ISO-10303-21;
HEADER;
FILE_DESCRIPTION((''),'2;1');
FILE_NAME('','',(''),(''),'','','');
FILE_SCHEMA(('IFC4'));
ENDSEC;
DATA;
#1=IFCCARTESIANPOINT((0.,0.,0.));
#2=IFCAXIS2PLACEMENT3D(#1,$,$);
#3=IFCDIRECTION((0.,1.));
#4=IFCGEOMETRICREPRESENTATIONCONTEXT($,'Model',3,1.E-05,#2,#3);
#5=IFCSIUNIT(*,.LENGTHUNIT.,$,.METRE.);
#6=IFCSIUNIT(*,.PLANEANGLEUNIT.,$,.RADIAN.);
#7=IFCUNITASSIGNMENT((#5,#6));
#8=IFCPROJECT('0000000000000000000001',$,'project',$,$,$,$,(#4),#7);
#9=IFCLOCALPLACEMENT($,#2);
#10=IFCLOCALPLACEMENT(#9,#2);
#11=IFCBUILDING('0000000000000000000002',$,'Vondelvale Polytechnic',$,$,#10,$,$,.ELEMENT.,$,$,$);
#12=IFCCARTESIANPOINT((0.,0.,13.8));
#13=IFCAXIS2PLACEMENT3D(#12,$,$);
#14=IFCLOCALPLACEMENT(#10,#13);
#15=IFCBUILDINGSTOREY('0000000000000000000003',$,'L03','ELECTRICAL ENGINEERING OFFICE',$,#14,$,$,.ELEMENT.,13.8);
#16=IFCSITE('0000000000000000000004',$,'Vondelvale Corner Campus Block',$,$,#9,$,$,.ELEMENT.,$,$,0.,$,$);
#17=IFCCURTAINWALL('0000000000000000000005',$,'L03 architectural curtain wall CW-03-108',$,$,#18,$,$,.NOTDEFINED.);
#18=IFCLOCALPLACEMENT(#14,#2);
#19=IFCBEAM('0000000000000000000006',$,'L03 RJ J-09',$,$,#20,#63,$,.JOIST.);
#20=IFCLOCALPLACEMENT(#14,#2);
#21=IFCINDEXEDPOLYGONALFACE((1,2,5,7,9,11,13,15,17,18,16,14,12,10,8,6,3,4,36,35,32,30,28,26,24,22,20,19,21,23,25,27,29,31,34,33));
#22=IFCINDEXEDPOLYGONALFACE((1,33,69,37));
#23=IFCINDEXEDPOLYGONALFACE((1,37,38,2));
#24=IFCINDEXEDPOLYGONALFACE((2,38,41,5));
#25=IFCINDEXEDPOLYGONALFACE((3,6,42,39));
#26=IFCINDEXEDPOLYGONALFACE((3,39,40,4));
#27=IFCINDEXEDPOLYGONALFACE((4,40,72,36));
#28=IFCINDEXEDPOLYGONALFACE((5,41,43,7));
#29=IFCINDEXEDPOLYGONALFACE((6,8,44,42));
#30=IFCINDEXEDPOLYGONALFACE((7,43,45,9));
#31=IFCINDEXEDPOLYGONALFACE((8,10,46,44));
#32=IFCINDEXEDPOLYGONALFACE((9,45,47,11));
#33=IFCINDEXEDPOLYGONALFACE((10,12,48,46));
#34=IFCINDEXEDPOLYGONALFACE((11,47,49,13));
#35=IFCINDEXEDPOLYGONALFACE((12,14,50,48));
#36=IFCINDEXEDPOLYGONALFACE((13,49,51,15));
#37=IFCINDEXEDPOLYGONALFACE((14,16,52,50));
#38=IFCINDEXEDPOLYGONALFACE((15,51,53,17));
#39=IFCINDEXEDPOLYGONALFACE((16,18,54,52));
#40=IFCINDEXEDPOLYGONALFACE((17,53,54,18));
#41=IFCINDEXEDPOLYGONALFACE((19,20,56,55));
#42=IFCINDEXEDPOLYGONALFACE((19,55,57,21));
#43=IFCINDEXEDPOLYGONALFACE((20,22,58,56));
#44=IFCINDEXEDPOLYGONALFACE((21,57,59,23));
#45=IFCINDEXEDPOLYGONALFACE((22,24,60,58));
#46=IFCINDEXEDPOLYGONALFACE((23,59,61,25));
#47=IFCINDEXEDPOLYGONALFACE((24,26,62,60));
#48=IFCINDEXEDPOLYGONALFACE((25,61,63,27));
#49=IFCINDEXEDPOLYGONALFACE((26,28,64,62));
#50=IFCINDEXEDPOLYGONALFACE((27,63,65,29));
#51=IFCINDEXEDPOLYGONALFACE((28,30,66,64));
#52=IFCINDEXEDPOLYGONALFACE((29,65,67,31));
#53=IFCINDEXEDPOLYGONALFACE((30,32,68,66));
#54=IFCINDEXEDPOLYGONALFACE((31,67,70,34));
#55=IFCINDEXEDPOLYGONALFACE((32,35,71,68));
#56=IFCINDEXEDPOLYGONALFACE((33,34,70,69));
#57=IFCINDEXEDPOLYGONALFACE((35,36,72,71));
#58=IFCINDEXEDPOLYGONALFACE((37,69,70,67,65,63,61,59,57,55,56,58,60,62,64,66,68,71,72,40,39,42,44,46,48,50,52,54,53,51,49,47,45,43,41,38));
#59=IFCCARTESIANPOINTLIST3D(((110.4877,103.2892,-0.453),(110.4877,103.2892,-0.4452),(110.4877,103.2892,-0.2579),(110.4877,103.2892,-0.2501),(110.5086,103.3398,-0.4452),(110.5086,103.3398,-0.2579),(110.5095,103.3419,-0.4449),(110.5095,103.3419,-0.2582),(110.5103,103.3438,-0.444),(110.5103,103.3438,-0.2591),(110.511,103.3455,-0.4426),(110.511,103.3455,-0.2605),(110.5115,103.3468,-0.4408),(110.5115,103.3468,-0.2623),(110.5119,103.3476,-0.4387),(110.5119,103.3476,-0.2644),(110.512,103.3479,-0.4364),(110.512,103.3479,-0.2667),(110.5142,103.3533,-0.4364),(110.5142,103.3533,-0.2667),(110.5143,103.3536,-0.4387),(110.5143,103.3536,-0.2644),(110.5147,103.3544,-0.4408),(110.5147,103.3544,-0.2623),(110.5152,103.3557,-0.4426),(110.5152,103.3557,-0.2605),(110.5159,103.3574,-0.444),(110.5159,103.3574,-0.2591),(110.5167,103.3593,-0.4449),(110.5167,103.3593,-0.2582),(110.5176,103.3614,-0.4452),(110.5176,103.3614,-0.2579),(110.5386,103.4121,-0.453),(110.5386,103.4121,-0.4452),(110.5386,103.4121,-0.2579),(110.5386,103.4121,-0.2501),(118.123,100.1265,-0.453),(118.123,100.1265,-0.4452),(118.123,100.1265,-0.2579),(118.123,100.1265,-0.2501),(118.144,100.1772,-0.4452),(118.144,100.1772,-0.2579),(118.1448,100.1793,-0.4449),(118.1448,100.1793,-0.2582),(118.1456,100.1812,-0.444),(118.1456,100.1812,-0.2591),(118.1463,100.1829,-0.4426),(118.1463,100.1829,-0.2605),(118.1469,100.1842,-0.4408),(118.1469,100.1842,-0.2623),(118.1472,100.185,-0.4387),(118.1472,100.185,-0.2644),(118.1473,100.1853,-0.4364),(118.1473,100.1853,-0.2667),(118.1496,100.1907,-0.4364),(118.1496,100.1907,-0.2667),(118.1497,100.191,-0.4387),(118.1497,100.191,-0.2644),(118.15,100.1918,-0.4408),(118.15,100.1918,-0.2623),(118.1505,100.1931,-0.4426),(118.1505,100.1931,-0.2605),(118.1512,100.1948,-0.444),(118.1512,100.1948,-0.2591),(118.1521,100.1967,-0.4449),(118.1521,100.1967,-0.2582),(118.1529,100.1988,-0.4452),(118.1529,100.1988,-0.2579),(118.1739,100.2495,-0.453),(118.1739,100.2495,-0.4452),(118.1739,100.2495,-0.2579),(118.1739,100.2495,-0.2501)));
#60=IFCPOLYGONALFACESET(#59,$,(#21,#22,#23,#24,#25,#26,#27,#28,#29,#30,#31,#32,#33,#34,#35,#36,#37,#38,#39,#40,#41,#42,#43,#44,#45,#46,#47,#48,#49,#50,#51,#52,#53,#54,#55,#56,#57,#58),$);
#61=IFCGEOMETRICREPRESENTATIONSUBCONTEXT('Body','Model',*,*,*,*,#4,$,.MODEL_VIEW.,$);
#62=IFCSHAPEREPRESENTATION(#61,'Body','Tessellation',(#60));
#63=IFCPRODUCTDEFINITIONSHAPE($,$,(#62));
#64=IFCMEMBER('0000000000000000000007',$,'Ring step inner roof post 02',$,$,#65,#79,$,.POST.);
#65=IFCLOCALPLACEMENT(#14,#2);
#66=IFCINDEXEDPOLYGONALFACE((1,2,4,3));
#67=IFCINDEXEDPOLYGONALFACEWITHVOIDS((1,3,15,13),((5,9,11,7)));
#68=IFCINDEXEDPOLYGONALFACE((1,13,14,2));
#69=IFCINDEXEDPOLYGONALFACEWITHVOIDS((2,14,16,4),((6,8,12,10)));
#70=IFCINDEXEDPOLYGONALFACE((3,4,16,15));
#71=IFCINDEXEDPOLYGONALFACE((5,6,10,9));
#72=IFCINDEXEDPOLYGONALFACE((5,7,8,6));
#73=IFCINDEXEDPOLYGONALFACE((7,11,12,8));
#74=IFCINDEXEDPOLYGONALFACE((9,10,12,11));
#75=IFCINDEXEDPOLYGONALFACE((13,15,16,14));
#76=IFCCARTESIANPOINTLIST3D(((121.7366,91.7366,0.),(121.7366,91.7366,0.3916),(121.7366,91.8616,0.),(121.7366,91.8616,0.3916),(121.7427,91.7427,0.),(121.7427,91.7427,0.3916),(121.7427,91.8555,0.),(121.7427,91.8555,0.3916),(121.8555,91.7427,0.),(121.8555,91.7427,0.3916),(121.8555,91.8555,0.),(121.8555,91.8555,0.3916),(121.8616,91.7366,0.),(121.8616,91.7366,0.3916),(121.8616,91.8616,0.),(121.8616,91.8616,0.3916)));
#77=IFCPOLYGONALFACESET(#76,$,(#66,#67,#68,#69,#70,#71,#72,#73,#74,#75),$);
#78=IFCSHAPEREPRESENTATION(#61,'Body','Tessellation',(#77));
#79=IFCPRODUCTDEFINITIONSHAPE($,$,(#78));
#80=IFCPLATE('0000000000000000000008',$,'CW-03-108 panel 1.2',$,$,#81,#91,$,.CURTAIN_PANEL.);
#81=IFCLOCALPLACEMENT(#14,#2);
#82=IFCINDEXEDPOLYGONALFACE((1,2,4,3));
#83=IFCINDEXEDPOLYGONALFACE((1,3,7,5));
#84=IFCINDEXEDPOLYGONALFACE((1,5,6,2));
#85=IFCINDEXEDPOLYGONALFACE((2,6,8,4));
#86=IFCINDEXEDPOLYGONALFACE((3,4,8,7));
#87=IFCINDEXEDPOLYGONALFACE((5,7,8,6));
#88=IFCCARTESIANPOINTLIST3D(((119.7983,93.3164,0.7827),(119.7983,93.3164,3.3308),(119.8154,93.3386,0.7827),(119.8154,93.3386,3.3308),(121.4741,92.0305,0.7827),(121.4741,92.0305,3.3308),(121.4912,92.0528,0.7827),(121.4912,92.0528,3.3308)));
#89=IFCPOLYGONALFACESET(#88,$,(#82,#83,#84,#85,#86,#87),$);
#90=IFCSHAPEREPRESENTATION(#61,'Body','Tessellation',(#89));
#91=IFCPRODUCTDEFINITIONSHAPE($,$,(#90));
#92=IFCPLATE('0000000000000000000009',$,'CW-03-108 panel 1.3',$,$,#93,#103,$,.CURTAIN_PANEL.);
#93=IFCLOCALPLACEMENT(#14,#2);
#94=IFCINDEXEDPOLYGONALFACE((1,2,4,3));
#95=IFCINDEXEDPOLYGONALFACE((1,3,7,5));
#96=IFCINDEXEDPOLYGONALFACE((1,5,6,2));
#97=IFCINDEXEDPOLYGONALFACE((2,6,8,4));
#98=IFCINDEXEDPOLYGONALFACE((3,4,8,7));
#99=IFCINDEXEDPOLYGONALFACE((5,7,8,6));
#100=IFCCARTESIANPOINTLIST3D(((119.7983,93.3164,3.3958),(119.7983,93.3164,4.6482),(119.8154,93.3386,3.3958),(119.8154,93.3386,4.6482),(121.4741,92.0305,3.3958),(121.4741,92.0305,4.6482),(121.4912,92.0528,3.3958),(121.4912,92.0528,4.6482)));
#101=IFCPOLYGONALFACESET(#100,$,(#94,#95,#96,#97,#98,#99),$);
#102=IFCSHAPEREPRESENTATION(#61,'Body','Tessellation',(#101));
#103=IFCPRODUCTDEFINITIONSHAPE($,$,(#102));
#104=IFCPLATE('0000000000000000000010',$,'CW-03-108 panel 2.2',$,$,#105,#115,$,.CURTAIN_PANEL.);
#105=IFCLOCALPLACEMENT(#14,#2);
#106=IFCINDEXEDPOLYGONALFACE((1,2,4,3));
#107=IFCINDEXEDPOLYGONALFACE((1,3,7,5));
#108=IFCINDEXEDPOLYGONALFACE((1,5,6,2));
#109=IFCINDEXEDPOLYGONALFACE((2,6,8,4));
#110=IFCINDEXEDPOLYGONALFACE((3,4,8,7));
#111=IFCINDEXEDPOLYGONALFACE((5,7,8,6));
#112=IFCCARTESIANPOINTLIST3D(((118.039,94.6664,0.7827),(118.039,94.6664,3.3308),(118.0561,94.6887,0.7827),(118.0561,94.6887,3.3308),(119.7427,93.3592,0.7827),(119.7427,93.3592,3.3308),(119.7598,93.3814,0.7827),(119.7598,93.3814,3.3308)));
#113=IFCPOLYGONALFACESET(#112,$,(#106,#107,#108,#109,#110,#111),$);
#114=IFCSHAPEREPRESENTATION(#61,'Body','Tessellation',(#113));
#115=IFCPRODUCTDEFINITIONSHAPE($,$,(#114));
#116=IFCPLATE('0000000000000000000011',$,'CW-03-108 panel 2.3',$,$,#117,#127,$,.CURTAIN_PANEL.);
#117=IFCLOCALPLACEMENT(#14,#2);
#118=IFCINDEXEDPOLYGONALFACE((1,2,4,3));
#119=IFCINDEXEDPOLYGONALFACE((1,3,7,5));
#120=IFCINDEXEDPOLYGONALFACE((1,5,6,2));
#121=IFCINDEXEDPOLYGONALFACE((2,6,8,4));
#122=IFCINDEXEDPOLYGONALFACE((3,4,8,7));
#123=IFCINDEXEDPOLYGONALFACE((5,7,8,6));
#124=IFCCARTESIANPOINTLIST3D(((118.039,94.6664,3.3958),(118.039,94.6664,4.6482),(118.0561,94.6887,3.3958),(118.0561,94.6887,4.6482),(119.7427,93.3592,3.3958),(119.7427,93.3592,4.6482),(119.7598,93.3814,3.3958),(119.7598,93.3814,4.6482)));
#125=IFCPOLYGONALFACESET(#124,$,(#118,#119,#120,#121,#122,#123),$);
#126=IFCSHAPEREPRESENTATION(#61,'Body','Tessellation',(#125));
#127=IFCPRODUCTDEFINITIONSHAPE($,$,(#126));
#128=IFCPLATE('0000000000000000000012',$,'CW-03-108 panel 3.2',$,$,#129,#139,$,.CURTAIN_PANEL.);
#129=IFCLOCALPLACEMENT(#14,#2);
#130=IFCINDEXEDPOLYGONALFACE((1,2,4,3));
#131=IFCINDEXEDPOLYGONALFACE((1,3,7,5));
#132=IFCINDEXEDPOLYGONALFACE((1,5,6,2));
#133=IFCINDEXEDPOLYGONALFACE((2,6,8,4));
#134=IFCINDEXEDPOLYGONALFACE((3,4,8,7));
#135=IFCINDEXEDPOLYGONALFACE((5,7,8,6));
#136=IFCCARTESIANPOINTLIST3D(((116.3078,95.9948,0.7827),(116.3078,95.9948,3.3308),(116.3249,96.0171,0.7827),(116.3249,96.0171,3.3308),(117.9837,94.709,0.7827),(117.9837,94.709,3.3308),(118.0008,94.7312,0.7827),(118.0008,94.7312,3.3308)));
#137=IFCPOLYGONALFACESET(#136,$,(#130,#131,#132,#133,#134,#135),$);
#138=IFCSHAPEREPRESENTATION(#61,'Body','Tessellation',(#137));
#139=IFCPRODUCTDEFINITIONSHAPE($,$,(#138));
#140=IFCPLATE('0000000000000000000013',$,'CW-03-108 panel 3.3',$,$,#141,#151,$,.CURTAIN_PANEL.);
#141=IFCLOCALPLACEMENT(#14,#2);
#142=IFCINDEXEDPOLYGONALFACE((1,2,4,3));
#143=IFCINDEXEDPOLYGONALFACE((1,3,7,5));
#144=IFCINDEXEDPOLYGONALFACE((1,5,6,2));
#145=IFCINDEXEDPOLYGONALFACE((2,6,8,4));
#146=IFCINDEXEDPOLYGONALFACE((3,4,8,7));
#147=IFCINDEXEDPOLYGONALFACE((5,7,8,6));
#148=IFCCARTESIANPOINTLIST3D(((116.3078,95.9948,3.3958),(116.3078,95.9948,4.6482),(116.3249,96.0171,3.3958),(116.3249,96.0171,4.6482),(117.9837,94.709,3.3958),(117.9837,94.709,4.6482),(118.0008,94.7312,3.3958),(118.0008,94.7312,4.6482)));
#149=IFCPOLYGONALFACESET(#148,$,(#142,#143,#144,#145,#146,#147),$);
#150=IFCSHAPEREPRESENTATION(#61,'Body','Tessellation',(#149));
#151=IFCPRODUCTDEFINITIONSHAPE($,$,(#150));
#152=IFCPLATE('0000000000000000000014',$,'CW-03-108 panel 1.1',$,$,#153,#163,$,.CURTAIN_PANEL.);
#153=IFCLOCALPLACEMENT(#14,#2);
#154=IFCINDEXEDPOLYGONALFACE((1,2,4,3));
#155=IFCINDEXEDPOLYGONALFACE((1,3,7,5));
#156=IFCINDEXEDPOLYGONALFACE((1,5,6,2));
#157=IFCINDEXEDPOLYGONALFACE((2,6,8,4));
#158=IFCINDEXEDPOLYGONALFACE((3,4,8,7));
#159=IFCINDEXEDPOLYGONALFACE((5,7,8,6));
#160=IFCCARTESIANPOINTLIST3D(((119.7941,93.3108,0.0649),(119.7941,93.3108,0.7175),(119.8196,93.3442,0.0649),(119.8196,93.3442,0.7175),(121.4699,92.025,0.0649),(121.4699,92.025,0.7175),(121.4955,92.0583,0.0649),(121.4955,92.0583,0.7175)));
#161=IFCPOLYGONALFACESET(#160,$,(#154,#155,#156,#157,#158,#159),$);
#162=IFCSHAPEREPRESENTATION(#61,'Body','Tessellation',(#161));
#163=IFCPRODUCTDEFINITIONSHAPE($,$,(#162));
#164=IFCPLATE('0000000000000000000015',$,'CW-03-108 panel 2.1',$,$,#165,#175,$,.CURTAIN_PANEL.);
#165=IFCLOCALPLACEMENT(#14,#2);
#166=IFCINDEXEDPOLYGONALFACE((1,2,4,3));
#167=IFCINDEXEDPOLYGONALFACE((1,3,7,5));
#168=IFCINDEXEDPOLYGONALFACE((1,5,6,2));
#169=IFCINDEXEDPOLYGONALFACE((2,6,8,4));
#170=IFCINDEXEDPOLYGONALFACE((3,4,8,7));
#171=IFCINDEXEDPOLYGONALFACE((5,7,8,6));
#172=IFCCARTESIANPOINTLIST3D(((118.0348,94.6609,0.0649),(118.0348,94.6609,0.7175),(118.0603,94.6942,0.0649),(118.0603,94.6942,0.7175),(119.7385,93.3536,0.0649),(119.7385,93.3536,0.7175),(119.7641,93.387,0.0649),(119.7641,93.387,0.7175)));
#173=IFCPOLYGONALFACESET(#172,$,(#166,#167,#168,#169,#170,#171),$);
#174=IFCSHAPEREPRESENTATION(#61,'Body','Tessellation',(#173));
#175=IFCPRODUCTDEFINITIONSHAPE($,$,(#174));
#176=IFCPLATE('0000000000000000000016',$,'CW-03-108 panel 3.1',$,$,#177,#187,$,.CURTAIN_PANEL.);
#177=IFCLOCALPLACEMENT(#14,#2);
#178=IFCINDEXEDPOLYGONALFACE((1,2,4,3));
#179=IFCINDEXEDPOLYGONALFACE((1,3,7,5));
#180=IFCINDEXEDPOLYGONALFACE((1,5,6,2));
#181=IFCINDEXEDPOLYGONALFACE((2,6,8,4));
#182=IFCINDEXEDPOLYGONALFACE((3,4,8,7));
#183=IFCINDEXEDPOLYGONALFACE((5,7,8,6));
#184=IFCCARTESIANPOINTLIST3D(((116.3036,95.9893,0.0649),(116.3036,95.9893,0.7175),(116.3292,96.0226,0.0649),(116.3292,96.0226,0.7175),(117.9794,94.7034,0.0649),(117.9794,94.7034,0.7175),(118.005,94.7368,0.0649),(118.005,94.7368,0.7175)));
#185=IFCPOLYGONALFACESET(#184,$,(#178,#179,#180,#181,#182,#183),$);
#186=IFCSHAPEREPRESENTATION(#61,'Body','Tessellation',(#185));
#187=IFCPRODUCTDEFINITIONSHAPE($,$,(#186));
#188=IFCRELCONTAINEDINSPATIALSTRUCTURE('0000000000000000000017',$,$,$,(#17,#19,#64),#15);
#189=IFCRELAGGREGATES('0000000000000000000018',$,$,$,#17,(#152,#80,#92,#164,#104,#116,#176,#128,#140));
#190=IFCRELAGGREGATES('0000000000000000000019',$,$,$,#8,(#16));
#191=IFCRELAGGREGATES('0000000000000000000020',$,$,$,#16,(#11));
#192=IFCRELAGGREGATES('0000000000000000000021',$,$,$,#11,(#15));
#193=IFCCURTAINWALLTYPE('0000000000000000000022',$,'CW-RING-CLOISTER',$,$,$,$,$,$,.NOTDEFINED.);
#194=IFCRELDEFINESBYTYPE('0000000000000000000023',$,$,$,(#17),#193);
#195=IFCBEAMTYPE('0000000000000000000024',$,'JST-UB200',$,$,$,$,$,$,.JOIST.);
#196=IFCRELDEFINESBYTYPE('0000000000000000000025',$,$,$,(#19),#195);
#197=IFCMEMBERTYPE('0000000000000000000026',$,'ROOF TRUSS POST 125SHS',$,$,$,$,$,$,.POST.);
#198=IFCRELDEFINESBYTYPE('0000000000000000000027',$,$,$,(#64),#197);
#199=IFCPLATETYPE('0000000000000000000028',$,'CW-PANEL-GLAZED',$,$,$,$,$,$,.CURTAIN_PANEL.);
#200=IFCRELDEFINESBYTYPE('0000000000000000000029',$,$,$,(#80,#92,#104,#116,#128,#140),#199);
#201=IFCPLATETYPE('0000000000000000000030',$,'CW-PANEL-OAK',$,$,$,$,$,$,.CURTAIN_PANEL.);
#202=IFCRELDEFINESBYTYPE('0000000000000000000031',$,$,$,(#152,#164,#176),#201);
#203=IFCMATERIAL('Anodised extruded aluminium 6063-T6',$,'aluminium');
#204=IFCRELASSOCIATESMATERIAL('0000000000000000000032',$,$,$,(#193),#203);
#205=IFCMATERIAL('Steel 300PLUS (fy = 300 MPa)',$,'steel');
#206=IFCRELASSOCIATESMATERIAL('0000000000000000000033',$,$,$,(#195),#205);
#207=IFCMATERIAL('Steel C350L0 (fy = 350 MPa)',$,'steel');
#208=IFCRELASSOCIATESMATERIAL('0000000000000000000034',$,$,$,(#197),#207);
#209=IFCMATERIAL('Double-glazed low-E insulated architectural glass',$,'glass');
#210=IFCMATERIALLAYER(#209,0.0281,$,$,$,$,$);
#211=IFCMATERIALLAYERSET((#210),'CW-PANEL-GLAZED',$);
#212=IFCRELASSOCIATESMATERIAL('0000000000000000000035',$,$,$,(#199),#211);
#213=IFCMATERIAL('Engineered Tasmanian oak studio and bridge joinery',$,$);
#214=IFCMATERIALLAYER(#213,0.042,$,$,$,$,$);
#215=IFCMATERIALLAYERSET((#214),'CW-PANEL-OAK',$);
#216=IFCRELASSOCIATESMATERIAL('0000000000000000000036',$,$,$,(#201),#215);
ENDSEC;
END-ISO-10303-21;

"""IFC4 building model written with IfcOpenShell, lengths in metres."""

from ifc_helpers import new_model, si_unit, direction, frame, origin, origin_2d, place, context, subcontext, project, spatial, rectangle, hollow_rectangle, i_section, extrude, material, layer, layer_set, material_profile, profile_set, type_object, element, aggregate, save


model = new_model("IFC4")

# Units and contexts
model_context = context("Model", 3, precision=1e-05, world=origin(), true_north=direction((0.0, 1.0)))
body_context = subcontext(model_context, "Body", "Model", "MODEL_VIEW")
ifc_project = project(units=[si_unit("LENGTHUNIT", "METRE"), si_unit("PLANEANGLEUNIT", "RADIAN")], contexts=[model_context])

# Site, building, storey
site_placement = place(None, origin())
site = spatial("IfcSite", under=ifc_project, at=site_placement, Name="Vondelvale Corner Campus Block", CompositionType="ELEMENT", RefElevation=0.0)
building_placement = place(site_placement, origin())
building = spatial("IfcBuilding", under=site, at=building_placement, Name="Vondelvale Polytechnic", CompositionType="ELEMENT")
storey_placement = place(building_placement, frame((0.0, 0.0, 13.8)))
storey = spatial("IfcBuildingStorey", under=building, at=storey_placement, Name="L03", Description="ELECTRICAL ENGINEERING OFFICE", CompositionType="ELEMENT", Elevation=13.8)

# Shared definitions
ifc_material_1 = material(Name="Steel 300PLUS (fy = 300 MPa)", Category="steel")

# Curtain wall
ifc_material_2 = material(Name="Anodised extruded aluminium 6063-T6", Category="aluminium")
curtain_wall_type = type_object("IfcCurtainWallType", Name="CW-RING-CLOISTER", PredefinedType="NOTDEFINED", material=ifc_material_2)
curtain_wall_placement = place(storey_placement, origin())
curtain_wall = element("IfcCurtainWall", 1, at=curtain_wall_placement, inside=storey, type_object=curtain_wall_type, Name="L03 architectural curtain wall CW-03-108", PredefinedType="NOTDEFINED")

# Beam
ifc_material_profile_1 = material_profile(ifc_material_1, i_section(OverallWidth=0.1331, OverallDepth=0.2029, WebThickness=0.0059, FlangeThickness=0.0078, FilletRadius=0.0088, at=origin_2d()), Name="200UB25.4")
ifc_profile_set_1 = profile_set([ifc_material_profile_1], Name="Steel 300PLUS (fy = 300 MPa)")
beam_type_1 = type_object("IfcBeamType", Name="JST-UB200", PredefinedType="JOIST", material=ifc_profile_set_1)
beam_1_placement = place(storey_placement, frame((118.1484, 100.188, -0.3516), z_axis=(-0.923881, 0.382681, 0.0), x_axis=(-0.382681, -0.923881, 0.0)))
element("IfcBeam", 2, at=beam_1_placement, inside=storey, type_object=beam_type_1, Name="L03 RJ J-09", PredefinedType="JOIST", context=body_context, shape_type="SweptSolid", body=[
    extrude(i_section(OverallWidth=0.1331, OverallDepth=0.2029, WebThickness=0.0059, FlangeThickness=0.0078, FilletRadius=0.0088, at=origin_2d()), origin(), (0.0, 0.0, 1.0), 8.2644),
])

# Member
ifc_material_3 = material(Name="Steel C350L0 (fy = 350 MPa)", Category="steel")
ifc_material_profile_2 = material_profile(ifc_material_3, hollow_rectangle(XDim=0.125, YDim=0.125, WallThickness=0.0061, at=origin_2d()), Name="125x125x6.0SHS")
ifc_profile_set_2 = profile_set([ifc_material_profile_2], Name="Steel C350L0 (fy = 350 MPa)")
member_type_1 = type_object("IfcMemberType", Name="ROOF TRUSS POST 125SHS", PredefinedType="POST", material=ifc_profile_set_2)
member_1_placement = place(storey_placement, frame((121.7991, 91.7991, 0.0), z_axis=(0.0, 0.0, 1.0), x_axis=(1.0, 0.0, 0.0)))
element("IfcMember", 3, at=member_1_placement, inside=storey, type_object=member_type_1, Name="Ring step inner roof post 02", PredefinedType="POST", context=body_context, shape_type="SweptSolid", body=[
    extrude(hollow_rectangle(XDim=0.125, YDim=0.125, WallThickness=0.0061, at=origin_2d()), origin(), (0.0, 0.0, 1.0), 0.3916),
])

# Plates
ifc_material_4 = material(Name="Double-glazed low-E insulated architectural glass", Category="glass")
ifc_layer_1 = layer(ifc_material_4, 0.0281)
ifc_layer_set_1 = layer_set([ifc_layer_1], Name="CW-PANEL-GLAZED")
plate_type_1 = type_object("IfcPlateType", Name="CW-PANEL-GLAZED", PredefinedType="CURTAIN_PANEL", material=ifc_layer_set_1)
plate_1_placement = place(storey_placement, frame((120.6448, 92.6846, 0.7827), z_axis=(0.0, 0.0, 1.0), x_axis=(-0.793364, 0.608748, 0.0)))
plate_1 = element("IfcPlate", 4, at=plate_1_placement, type_object=plate_type_1, Name="CW-03-108 panel 1.2", PredefinedType="CURTAIN_PANEL", context=body_context, shape_type="SweptSolid", body=[
    extrude(rectangle(XDim=2.1123, YDim=0.0281, at=origin_2d()), origin(), (0.0, 0.0, 1.0), 2.5481),
])
plate_2_placement = place(storey_placement, frame((120.6448, 92.6846, 3.3958), z_axis=(0.0, 0.0, 1.0), x_axis=(-0.793364, 0.608748, 0.0)))
plate_2 = element("IfcPlate", 5, at=plate_2_placement, type_object=plate_type_1, Name="CW-03-108 panel 1.3", PredefinedType="CURTAIN_PANEL", context=body_context, shape_type="SweptSolid", body=[
    extrude(rectangle(XDim=2.1123, YDim=0.0281, at=origin_2d()), origin(), (0.0, 0.0, 1.0), 1.2524),
])
plate_3_placement = place(storey_placement, frame((118.8994, 94.0239, 0.7827), z_axis=(0.0, 0.0, 1.0), x_axis=(-0.793364, 0.608748, 0.0)))
plate_3 = element("IfcPlate", 6, at=plate_3_placement, type_object=plate_type_1, Name="CW-03-108 panel 2.2", PredefinedType="CURTAIN_PANEL", context=body_context, shape_type="SweptSolid", body=[
    extrude(rectangle(XDim=2.1475, YDim=0.0281, at=origin_2d()), origin(), (0.0, 0.0, 1.0), 2.5481),
])
plate_4_placement = place(storey_placement, frame((118.8994, 94.0239, 3.3958), z_axis=(0.0, 0.0, 1.0), x_axis=(-0.793364, 0.608748, 0.0)))
plate_4 = element("IfcPlate", 7, at=plate_4_placement, type_object=plate_type_1, Name="CW-03-108 panel 2.3", PredefinedType="CURTAIN_PANEL", context=body_context, shape_type="SweptSolid", body=[
    extrude(rectangle(XDim=2.1475, YDim=0.0281, at=origin_2d()), origin(), (0.0, 0.0, 1.0), 1.2524),
])
plate_5_placement = place(storey_placement, frame((117.1543, 95.363, 0.7827), z_axis=(0.0, 0.0, 1.0), x_axis=(-0.793364, 0.608748, 0.0)))
plate_5 = element("IfcPlate", 8, at=plate_5_placement, type_object=plate_type_1, Name="CW-03-108 panel 3.2", PredefinedType="CURTAIN_PANEL", context=body_context, shape_type="SweptSolid", body=[
    extrude(rectangle(XDim=2.1123, YDim=0.0281, at=origin_2d()), origin(), (0.0, 0.0, 1.0), 2.5481),
])
plate_6_placement = place(storey_placement, frame((117.1543, 95.363, 3.3958), z_axis=(0.0, 0.0, 1.0), x_axis=(-0.793364, 0.608748, 0.0)))
plate_6 = element("IfcPlate", 9, at=plate_6_placement, type_object=plate_type_1, Name="CW-03-108 panel 3.3", PredefinedType="CURTAIN_PANEL", context=body_context, shape_type="SweptSolid", body=[
    extrude(rectangle(XDim=2.1123, YDim=0.0281, at=origin_2d()), origin(), (0.0, 0.0, 1.0), 1.2524),
])
ifc_material_5 = material(Name="Engineered Tasmanian oak studio and bridge joinery")
ifc_layer_2 = layer(ifc_material_5, 0.042)
ifc_layer_set_2 = layer_set([ifc_layer_2], Name="CW-PANEL-OAK")
plate_type_2 = type_object("IfcPlateType", Name="CW-PANEL-OAK", PredefinedType="CURTAIN_PANEL", material=ifc_layer_set_2)
plate_7_placement = place(storey_placement, frame((120.6448, 92.6846, 0.0649), z_axis=(0.0, 0.0, 1.0), x_axis=(-0.793364, 0.608748, 0.0)))
plate_7 = element("IfcPlate", 10, at=plate_7_placement, type_object=plate_type_2, Name="CW-03-108 panel 1.1", PredefinedType="CURTAIN_PANEL", context=body_context, shape_type="SweptSolid", body=[
    extrude(rectangle(XDim=2.1123, YDim=0.042, at=origin_2d()), origin(), (0.0, 0.0, 1.0), 0.6526),
])
plate_8_placement = place(storey_placement, frame((118.8994, 94.0239, 0.0649), z_axis=(0.0, 0.0, 1.0), x_axis=(-0.793364, 0.608748, 0.0)))
plate_8 = element("IfcPlate", 11, at=plate_8_placement, type_object=plate_type_2, Name="CW-03-108 panel 2.1", PredefinedType="CURTAIN_PANEL", context=body_context, shape_type="SweptSolid", body=[
    extrude(rectangle(XDim=2.1475, YDim=0.042, at=origin_2d()), origin(), (0.0, 0.0, 1.0), 0.6526),
])
plate_9_placement = place(storey_placement, frame((117.1543, 95.363, 0.0649), z_axis=(0.0, 0.0, 1.0), x_axis=(-0.793364, 0.608748, 0.0)))
plate_9 = element("IfcPlate", 12, at=plate_9_placement, type_object=plate_type_2, Name="CW-03-108 panel 3.1", PredefinedType="CURTAIN_PANEL", context=body_context, shape_type="SweptSolid", body=[
    extrude(rectangle(XDim=2.1123, YDim=0.042, at=origin_2d()), origin(), (0.0, 0.0, 1.0), 0.6526),
])
aggregate(curtain_wall, [plate_7, plate_1, plate_2, plate_8, plate_3, plate_4, plate_9, plate_5, plate_6])

save(model, "model.ifc")
